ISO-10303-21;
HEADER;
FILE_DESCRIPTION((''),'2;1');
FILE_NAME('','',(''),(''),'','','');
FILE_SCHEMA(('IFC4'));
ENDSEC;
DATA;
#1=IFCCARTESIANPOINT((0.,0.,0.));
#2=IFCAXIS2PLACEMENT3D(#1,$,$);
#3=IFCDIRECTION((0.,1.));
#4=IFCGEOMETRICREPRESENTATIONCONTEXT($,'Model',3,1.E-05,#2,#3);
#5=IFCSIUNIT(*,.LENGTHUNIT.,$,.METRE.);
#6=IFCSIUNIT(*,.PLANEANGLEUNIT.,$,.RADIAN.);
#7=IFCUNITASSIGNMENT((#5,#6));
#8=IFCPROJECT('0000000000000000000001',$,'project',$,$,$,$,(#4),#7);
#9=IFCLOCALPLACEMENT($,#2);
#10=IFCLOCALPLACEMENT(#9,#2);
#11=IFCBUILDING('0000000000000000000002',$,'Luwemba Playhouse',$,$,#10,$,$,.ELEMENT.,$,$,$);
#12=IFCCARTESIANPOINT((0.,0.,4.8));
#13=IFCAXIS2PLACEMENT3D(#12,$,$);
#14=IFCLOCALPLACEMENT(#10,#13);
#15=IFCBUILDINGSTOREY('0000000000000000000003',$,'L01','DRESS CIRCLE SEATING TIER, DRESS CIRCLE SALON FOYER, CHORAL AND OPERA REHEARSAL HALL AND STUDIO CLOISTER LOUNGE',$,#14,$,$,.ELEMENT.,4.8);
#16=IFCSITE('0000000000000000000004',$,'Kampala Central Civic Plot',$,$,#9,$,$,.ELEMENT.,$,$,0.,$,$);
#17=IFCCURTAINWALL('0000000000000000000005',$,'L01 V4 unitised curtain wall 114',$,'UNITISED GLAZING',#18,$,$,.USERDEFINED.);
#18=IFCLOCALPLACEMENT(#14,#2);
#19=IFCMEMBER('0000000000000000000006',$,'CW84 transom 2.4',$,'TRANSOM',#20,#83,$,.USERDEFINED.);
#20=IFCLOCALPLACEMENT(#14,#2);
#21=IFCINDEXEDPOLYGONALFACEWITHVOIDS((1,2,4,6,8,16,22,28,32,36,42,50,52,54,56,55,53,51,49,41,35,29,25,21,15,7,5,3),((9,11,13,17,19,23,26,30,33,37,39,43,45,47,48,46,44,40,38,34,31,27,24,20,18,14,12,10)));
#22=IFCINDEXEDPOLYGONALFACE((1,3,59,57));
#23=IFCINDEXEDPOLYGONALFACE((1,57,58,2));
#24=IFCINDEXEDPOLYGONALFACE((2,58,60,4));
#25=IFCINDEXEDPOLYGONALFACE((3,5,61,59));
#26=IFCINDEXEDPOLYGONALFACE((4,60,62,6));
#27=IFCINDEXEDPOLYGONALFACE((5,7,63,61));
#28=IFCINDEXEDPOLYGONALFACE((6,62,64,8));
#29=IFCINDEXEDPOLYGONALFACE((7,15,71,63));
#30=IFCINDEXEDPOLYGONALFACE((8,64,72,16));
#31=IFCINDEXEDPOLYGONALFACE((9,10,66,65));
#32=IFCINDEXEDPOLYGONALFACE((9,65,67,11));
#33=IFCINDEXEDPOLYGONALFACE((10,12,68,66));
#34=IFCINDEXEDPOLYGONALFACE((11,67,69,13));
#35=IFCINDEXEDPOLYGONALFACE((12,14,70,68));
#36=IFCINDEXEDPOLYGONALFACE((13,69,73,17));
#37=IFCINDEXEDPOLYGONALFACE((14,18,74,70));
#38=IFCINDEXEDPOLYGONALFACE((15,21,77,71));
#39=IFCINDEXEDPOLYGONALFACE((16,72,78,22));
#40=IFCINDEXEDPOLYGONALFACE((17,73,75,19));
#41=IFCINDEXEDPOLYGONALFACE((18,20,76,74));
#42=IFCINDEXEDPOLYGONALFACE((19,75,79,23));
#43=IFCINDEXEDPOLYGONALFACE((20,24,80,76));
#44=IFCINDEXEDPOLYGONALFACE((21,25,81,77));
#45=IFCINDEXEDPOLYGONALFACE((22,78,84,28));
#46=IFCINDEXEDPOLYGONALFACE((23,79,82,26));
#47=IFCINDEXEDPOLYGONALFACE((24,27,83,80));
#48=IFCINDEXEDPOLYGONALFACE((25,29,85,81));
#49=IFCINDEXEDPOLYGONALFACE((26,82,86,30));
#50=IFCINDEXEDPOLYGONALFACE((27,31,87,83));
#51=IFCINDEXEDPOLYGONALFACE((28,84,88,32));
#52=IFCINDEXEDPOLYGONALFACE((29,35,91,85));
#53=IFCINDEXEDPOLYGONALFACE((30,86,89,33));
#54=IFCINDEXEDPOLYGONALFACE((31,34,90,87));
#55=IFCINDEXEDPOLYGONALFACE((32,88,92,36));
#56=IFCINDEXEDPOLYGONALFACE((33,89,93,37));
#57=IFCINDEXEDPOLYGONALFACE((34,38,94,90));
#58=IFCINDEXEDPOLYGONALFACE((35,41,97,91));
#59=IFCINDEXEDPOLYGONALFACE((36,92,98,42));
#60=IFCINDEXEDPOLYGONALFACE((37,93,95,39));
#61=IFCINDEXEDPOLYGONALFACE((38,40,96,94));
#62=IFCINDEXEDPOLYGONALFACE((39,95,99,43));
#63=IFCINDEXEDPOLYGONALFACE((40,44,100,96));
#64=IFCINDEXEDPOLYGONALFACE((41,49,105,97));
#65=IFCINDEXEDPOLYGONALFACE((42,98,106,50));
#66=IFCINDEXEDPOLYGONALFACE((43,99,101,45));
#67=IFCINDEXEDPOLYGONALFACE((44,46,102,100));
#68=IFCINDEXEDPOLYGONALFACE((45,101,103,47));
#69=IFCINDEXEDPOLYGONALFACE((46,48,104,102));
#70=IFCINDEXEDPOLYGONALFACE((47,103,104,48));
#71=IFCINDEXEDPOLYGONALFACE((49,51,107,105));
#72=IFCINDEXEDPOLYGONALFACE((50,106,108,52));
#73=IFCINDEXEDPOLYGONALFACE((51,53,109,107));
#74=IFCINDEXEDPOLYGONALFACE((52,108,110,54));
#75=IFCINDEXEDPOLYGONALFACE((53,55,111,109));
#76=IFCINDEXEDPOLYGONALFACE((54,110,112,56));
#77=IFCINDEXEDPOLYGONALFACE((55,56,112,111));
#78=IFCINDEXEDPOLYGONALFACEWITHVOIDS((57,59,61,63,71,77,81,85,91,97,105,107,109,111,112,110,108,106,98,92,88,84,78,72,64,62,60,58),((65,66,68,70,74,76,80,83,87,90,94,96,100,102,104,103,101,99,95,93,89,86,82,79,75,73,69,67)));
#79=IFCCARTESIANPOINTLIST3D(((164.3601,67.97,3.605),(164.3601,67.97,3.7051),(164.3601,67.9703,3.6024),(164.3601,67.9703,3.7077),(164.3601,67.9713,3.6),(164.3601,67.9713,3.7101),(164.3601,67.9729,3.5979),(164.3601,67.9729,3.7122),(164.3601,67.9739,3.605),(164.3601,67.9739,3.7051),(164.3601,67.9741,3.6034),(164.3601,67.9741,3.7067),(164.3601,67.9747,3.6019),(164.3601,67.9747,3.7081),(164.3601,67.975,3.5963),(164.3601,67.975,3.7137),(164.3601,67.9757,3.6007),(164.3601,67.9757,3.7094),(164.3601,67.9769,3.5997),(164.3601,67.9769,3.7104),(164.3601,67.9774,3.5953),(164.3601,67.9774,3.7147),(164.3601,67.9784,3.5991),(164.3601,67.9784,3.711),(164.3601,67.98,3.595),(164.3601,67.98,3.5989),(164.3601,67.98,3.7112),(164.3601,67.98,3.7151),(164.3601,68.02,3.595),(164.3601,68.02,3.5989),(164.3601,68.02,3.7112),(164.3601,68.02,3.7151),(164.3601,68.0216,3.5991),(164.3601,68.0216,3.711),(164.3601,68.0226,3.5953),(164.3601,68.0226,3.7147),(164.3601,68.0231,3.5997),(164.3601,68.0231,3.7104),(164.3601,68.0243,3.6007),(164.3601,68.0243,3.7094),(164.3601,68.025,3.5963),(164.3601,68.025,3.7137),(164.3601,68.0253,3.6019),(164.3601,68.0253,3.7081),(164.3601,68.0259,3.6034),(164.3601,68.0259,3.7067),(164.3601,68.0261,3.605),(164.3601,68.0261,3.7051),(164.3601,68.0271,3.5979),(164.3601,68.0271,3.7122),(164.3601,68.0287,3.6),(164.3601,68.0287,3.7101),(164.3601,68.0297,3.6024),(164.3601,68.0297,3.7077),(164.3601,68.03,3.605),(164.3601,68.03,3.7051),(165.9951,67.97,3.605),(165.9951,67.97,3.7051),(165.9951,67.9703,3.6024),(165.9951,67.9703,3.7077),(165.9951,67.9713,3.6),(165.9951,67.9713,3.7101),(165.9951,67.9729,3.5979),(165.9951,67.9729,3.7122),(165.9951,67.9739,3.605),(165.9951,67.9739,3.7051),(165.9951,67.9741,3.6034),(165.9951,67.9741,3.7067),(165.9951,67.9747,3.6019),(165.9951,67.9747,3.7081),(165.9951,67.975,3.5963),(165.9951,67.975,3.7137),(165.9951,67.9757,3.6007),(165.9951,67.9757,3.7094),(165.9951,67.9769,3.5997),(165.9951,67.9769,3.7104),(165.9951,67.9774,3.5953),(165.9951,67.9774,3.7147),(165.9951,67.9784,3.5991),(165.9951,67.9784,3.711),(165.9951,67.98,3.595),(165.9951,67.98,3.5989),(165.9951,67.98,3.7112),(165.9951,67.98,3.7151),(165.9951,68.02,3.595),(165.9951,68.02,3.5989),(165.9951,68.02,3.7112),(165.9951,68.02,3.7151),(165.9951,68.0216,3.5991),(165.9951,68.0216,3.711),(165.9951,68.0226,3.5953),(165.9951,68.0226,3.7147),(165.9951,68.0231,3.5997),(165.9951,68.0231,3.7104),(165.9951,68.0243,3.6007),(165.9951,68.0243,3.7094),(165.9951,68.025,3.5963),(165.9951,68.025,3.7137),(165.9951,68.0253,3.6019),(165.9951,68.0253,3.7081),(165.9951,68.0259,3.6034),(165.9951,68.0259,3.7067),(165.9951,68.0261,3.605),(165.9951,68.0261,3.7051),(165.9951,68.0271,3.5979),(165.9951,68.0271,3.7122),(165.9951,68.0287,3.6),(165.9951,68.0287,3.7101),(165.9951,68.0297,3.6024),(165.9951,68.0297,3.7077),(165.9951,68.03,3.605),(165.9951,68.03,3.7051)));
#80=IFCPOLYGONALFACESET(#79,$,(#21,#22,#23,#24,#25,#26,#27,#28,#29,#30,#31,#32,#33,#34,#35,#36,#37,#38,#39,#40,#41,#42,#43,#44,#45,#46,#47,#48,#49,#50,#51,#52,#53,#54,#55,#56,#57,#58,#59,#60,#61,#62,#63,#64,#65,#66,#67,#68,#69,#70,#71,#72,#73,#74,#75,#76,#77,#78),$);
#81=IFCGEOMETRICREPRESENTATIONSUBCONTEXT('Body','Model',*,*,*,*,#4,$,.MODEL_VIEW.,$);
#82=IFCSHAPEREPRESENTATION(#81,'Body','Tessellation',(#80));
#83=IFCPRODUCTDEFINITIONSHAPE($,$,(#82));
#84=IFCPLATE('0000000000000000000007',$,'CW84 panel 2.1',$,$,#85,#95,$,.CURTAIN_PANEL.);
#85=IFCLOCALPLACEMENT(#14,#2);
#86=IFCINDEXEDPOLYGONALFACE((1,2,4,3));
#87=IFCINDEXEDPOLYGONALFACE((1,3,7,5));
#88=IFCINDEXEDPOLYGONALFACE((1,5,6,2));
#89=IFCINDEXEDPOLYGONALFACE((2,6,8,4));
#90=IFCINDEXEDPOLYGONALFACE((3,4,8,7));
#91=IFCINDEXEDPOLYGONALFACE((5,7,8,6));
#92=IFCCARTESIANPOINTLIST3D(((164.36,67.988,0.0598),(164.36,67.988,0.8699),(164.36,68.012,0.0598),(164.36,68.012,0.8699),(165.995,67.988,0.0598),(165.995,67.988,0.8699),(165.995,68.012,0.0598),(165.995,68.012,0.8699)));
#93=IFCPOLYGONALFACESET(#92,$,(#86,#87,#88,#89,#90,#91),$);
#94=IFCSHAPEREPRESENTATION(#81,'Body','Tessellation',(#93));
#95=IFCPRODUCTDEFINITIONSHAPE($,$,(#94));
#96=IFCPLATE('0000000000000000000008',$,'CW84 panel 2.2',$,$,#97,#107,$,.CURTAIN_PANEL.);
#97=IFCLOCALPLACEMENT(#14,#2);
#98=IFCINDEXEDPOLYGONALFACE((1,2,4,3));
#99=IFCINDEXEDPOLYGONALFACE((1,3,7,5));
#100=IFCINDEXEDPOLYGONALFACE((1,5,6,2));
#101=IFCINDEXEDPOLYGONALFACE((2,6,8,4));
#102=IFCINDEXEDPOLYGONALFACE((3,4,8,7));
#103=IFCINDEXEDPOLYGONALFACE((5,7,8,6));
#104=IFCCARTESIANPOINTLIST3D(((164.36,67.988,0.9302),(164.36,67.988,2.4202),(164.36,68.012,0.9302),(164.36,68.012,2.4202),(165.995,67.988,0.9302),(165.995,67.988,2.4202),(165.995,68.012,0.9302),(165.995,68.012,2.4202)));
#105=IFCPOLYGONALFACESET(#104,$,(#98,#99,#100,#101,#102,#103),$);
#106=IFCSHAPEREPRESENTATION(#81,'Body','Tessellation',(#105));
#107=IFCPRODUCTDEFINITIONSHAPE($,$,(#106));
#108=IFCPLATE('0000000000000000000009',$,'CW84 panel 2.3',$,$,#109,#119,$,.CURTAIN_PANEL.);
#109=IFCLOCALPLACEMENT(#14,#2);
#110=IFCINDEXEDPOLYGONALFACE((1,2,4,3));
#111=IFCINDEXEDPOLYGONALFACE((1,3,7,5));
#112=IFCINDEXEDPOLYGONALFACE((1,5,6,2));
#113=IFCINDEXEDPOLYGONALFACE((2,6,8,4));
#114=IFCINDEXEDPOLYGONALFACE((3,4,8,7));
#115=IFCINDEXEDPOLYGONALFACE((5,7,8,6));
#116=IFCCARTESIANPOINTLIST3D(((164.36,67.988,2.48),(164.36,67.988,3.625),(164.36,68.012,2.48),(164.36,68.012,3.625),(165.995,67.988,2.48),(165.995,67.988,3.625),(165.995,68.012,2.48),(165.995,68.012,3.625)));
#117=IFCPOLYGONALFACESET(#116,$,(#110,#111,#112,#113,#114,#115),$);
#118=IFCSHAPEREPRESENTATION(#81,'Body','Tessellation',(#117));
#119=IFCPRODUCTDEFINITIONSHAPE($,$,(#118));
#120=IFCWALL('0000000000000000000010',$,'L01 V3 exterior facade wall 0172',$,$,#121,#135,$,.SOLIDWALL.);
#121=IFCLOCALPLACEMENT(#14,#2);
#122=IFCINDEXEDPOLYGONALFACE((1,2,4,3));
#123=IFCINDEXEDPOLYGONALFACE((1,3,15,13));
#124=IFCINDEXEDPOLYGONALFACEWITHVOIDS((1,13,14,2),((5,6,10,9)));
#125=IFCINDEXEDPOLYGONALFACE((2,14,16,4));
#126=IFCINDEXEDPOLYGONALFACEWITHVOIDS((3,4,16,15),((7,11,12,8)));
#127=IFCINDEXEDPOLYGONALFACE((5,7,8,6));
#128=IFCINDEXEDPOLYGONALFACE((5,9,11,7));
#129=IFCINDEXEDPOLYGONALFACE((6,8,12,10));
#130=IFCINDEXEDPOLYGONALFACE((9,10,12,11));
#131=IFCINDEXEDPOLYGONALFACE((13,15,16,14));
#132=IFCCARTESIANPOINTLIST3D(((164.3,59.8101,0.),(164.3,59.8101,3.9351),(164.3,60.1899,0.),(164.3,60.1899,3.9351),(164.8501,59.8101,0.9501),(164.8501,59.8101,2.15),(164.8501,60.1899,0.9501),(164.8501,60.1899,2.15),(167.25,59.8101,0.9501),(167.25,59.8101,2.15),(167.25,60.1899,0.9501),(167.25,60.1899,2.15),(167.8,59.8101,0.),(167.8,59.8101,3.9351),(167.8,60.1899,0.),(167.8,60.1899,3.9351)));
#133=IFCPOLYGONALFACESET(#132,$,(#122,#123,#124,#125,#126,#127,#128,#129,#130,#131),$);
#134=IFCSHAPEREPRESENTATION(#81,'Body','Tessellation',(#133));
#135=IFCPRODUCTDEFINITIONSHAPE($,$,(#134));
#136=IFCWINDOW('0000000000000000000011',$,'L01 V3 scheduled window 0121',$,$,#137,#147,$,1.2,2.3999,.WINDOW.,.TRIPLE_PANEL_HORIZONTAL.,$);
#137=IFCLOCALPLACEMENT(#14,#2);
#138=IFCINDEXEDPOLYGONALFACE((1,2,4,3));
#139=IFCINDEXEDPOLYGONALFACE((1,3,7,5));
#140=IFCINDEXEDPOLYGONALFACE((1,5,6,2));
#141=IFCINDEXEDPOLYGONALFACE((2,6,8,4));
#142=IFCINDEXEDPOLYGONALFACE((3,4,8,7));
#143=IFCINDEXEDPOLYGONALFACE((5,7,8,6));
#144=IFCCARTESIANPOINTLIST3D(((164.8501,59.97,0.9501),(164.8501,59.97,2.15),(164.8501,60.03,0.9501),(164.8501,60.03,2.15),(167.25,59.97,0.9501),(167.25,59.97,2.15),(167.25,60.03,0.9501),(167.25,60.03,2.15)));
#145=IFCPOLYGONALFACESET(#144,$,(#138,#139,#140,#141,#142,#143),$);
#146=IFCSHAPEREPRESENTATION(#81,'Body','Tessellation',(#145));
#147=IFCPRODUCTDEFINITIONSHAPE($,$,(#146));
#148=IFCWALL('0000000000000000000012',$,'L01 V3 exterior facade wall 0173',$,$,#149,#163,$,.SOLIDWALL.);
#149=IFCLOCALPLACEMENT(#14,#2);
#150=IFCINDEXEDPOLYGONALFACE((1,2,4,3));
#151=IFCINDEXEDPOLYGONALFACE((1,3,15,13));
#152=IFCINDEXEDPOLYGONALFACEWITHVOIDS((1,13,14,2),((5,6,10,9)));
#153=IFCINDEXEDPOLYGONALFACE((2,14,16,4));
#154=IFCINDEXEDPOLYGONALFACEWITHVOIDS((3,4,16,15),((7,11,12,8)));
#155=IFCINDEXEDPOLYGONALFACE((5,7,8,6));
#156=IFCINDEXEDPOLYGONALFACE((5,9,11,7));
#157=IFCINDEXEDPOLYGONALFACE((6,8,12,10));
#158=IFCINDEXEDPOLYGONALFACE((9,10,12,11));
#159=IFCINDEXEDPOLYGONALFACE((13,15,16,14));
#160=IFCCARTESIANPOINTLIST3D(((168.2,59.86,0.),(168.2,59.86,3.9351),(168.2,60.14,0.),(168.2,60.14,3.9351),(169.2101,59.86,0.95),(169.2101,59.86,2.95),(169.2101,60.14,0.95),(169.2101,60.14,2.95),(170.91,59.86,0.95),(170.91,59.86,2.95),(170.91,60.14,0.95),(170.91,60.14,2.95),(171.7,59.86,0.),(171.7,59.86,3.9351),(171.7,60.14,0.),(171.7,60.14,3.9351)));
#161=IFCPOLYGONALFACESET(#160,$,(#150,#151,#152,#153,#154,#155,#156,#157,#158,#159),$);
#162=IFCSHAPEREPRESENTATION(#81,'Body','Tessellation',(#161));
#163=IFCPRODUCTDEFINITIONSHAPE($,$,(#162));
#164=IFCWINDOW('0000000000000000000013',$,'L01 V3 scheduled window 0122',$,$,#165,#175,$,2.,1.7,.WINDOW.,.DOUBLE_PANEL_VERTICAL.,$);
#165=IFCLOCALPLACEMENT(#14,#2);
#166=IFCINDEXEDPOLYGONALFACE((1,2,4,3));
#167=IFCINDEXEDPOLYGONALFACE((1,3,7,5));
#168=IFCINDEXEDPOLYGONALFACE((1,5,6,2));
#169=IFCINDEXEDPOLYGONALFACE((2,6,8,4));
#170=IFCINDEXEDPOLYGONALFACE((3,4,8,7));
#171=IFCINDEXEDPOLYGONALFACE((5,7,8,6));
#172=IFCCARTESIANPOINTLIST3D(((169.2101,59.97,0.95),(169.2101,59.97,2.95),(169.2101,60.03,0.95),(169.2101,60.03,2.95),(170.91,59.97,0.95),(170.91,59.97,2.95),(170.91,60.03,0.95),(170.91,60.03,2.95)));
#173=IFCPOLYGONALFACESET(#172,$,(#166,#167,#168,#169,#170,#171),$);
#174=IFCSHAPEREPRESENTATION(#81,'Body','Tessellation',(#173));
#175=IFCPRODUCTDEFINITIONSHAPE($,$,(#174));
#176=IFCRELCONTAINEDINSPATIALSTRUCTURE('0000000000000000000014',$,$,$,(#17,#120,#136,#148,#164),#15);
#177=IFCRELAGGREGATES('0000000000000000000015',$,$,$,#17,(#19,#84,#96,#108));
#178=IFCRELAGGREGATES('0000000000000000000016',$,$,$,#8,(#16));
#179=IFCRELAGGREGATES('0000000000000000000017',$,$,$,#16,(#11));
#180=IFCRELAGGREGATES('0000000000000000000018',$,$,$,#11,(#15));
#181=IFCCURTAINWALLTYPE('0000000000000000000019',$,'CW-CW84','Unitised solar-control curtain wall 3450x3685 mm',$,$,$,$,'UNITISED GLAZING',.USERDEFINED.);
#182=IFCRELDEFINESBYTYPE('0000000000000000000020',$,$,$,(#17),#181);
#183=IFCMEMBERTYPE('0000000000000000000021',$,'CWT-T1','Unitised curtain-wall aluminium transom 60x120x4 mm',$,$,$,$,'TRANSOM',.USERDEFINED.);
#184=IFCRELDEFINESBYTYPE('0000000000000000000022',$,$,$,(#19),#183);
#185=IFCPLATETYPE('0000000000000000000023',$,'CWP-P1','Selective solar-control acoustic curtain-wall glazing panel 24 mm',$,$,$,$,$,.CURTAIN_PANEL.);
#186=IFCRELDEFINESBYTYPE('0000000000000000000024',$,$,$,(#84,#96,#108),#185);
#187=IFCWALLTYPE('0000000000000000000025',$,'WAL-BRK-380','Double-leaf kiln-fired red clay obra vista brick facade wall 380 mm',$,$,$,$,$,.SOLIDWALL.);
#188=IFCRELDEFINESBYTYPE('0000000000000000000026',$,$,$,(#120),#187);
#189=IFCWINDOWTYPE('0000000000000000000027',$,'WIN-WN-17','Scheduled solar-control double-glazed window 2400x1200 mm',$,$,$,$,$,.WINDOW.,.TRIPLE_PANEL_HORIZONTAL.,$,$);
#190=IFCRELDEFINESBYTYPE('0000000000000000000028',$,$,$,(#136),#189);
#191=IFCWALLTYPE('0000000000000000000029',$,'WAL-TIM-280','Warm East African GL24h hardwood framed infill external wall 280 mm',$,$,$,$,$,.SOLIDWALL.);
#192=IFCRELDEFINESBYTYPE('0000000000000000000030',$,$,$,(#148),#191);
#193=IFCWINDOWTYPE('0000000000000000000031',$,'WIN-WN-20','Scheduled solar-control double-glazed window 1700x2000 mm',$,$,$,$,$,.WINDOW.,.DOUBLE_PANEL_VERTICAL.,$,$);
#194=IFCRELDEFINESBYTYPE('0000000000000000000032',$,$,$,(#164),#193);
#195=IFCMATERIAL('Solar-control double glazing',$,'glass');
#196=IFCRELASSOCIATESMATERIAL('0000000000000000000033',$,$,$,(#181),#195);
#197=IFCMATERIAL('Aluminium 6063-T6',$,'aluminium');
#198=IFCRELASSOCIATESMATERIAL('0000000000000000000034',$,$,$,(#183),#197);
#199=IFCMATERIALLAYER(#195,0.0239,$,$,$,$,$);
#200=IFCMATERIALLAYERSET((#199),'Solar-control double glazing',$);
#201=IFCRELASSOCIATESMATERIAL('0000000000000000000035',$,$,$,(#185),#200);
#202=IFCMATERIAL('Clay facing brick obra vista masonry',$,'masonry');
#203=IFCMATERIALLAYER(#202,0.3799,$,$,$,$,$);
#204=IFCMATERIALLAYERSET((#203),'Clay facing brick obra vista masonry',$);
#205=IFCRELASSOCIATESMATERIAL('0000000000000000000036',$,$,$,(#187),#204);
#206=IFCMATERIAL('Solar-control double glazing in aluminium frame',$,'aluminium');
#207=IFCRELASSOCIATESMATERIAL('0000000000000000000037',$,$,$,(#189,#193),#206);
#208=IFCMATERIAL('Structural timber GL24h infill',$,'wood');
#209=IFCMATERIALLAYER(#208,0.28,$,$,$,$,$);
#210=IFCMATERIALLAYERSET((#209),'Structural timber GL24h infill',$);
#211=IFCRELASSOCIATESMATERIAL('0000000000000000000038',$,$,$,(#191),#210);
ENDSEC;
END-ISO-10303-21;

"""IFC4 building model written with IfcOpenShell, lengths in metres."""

from ifc_helpers import new_model, si_unit, direction, frame, frame_2d, origin, origin_2d, place, context, subcontext, project, spatial, rectangle, hollow_rectangle, extrude, material, layer, layer_set, material_profile, profile_set, type_object, element, fill, aggregate, save


model = new_model("IFC4")

# Units and contexts
model_context = context("Model", 3, precision=1e-05, world=origin(), true_north=direction((0.0, 1.0)))
body_context = subcontext(model_context, "Body", "Model", "MODEL_VIEW")
ifc_project = project(units=[si_unit("LENGTHUNIT", "METRE"), si_unit("PLANEANGLEUNIT", "RADIAN")], contexts=[model_context])

# Site, building, storey
site_placement = place(None, origin())
site = spatial("IfcSite", under=ifc_project, at=site_placement, Name="Kampala Central Civic Plot", CompositionType="ELEMENT", RefElevation=0.0)
building_placement = place(site_placement, origin())
building = spatial("IfcBuilding", under=site, at=building_placement, Name="Luwemba Playhouse", CompositionType="ELEMENT")
storey_placement = place(building_placement, frame((0.0, 0.0, 4.8)))
storey = spatial("IfcBuildingStorey", under=building, at=storey_placement, Name="L01", Description="DRESS CIRCLE SEATING TIER, DRESS CIRCLE SALON FOYER, CHORAL AND OPERA REHEARSAL HALL AND STUDIO CLOISTER LOUNGE", CompositionType="ELEMENT", Elevation=4.8)

# Curtain wall, member, plates
ifc_material_1 = material(Name="Solar-control double glazing", Category="glass")
curtain_wall_type = type_object("IfcCurtainWallType", Name="CW-CW84", Description="Unitised solar-control curtain wall 3450x3685 mm", ElementType="UNITISED GLAZING", PredefinedType="USERDEFINED", material=ifc_material_1)
curtain_wall_placement = place(storey_placement, origin())
curtain_wall = element("IfcCurtainWall", 1, at=curtain_wall_placement, inside=storey, type_object=curtain_wall_type, Name="L01 V4 unitised curtain wall 114", ObjectType="UNITISED GLAZING", PredefinedType="USERDEFINED")
ifc_material_2 = material(Name="Aluminium 6063-T6", Category="aluminium")
ifc_material_profile_1 = material_profile(ifc_material_2, hollow_rectangle(XDim=0.0601, YDim=0.1201, WallThickness=0.0039, InnerFilletRadius=0.0061, OuterFilletRadius=0.01, at=origin_2d()))
ifc_profile_set_1 = profile_set([ifc_material_profile_1], Name="Aluminium 6063-T6")
member_type_1 = type_object("IfcMemberType", Name="CWT-T1", Description="Unitised curtain-wall aluminium transom 60x120x4 mm", ElementType="TRANSOM", PredefinedType="USERDEFINED", material=ifc_profile_set_1)
member_1_placement = place(storey_placement, frame((165.9951, 68.0, 3.655), z_axis=(-1.0, 0.0, 0.0), x_axis=(0.0, -1.0, 0.0)))
member_1 = element("IfcMember", 2, at=member_1_placement, type_object=member_type_1, Name="CW84 transom 2.4", ObjectType="TRANSOM", PredefinedType="USERDEFINED", context=body_context, shape_type="SweptSolid", body=[
    extrude(hollow_rectangle(XDim=0.0601, YDim=0.1201, WallThickness=0.0039, InnerFilletRadius=0.0061, OuterFilletRadius=0.01, at=origin_2d()), origin(), (0.0, 0.0, 1.0), 1.635),
])
ifc_layer_1 = layer(ifc_material_1, 0.0239)
ifc_layer_set_1 = layer_set([ifc_layer_1], Name="Solar-control double glazing")
plate_type = type_object("IfcPlateType", Name="CWP-P1", Description="Selective solar-control acoustic curtain-wall glazing panel 24 mm", PredefinedType="CURTAIN_PANEL", material=ifc_layer_set_1)
plate_1_placement = place(storey_placement, frame((165.1775, 68.0, 0.0598), z_axis=(0.0, 0.0, 1.0), x_axis=(-1.0, 0.0, 0.0)))
plate_1 = element("IfcPlate", 3, at=plate_1_placement, type_object=plate_type, Name="CW84 panel 2.1", PredefinedType="CURTAIN_PANEL", context=body_context, shape_type="SweptSolid", body=[
    extrude(rectangle(XDim=1.635, YDim=0.0239, at=origin_2d()), origin(), (0.0, 0.0, 1.0), 0.8101),
])
plate_2_placement = place(storey_placement, frame((165.1775, 68.0, 0.9302), z_axis=(0.0, 0.0, 1.0), x_axis=(-1.0, 0.0, 0.0)))
plate_2 = element("IfcPlate", 4, at=plate_2_placement, type_object=plate_type, Name="CW84 panel 2.2", PredefinedType="CURTAIN_PANEL", context=body_context, shape_type="SweptSolid", body=[
    extrude(rectangle(XDim=1.635, YDim=0.0239, at=origin_2d()), origin(), (0.0, 0.0, 1.0), 1.49),
])
plate_3_placement = place(storey_placement, frame((165.1775, 68.0, 2.48), z_axis=(0.0, 0.0, 1.0), x_axis=(-1.0, 0.0, 0.0)))
plate_3 = element("IfcPlate", 5, at=plate_3_placement, type_object=plate_type, Name="CW84 panel 2.3", PredefinedType="CURTAIN_PANEL", context=body_context, shape_type="SweptSolid", body=[
    extrude(rectangle(XDim=1.635, YDim=0.0239, at=origin_2d()), origin(), (0.0, 0.0, 1.0), 1.145),
])
aggregate(curtain_wall, [member_1, plate_1, plate_2, plate_3])

# Walls, openings, windows
ifc_material_3 = material(Name="Clay facing brick obra vista masonry", Category="masonry")
ifc_layer_2 = layer(ifc_material_3, 0.3799)
ifc_layer_set_2 = layer_set([ifc_layer_2], Name="Clay facing brick obra vista masonry")
wall_type_1 = type_object("IfcWallType", Name="WAL-BRK-380", Description="Double-leaf kiln-fired red clay obra vista brick facade wall 380 mm", PredefinedType="SOLIDWALL", material=ifc_layer_set_2)
wall_1_placement = place(storey_placement, frame((164.3, 60.0, 0.0), z_axis=(0.0, 0.0, 1.0), x_axis=(1.0, 0.0, 0.0)))
wall_1 = element("IfcWall", 6, at=wall_1_placement, inside=storey, type_object=wall_type_1, Name="L01 V3 exterior facade wall 0172", PredefinedType="SOLIDWALL", context=body_context, shape_type="SweptSolid", body=[
    extrude(rectangle(XDim=3.5, YDim=0.3799, at=frame_2d((1.75, 0.0))), origin(), (0.0, 0.0, 1.0), 3.9351),
])
opening_1_placement = place(wall_1_placement, frame((0.55, 0.0, 0.95)))
opening_1 = element("IfcOpeningElement", 7, at=opening_1_placement, cuts=wall_1, PredefinedType="OPENING", context=body_context, shape_type="SweptSolid", body=[
    extrude(rectangle(XDim=2.3999, YDim=1.2, at=frame_2d((1.2, 0.6001))), frame((0.0, 0.2, 0.0), z_axis=(0.0, -1.0, 0.0), x_axis=(1.0, 0.0, 0.0)), (0.0, 0.0, 1.0), 0.3999),
])
ifc_material_4 = material(Name="Solar-control double glazing in aluminium frame", Category="aluminium")
window_type_1 = type_object("IfcWindowType", Name="WIN-WN-17", Description="Scheduled solar-control double-glazed window 2400x1200 mm", PartitioningType="TRIPLE_PANEL_HORIZONTAL", PredefinedType="WINDOW", material=ifc_material_4)
window_1_placement = place(opening_1_placement, origin())
window_1 = element("IfcWindow", 8, at=window_1_placement, inside=storey, type_object=window_type_1, Name="L01 V3 scheduled window 0121", OverallHeight=1.2, OverallWidth=2.3999, PartitioningType="TRIPLE_PANEL_HORIZONTAL", PredefinedType="WINDOW", context=body_context, shape_type="SweptSolid", body=[
    extrude(rectangle(XDim=2.3999, YDim=1.2, at=frame_2d((1.2, 0.6001))), frame((0.0, 0.03, 0.0), z_axis=(0.0, -1.0, 0.0), x_axis=(1.0, 0.0, 0.0)), (0.0, 0.0, 1.0), 0.0601),
])
fill(opening_1, window_1)
ifc_material_5 = material(Name="Structural timber GL24h infill", Category="wood")
ifc_layer_3 = layer(ifc_material_5, 0.28)
ifc_layer_set_3 = layer_set([ifc_layer_3], Name="Structural timber GL24h infill")
wall_type_2 = type_object("IfcWallType", Name="WAL-TIM-280", Description="Warm East African GL24h hardwood framed infill external wall 280 mm", PredefinedType="SOLIDWALL", material=ifc_layer_set_3)
wall_2_placement = place(storey_placement, frame((168.2, 60.0, 0.0), z_axis=(0.0, 0.0, 1.0), x_axis=(1.0, 0.0, 0.0)))
wall_2 = element("IfcWall", 9, at=wall_2_placement, inside=storey, type_object=wall_type_2, Name="L01 V3 exterior facade wall 0173", PredefinedType="SOLIDWALL", context=body_context, shape_type="SweptSolid", body=[
    extrude(rectangle(XDim=3.5, YDim=0.28, at=frame_2d((1.75, 0.0))), origin(), (0.0, 0.0, 1.0), 3.9351),
])
opening_2_placement = place(wall_2_placement, frame((1.01, 0.0, 0.95)))
opening_2 = element("IfcOpeningElement", 10, at=opening_2_placement, cuts=wall_2, PredefinedType="OPENING", context=body_context, shape_type="SweptSolid", body=[
    extrude(rectangle(XDim=1.7, YDim=2.0, at=frame_2d((0.8501, 1.0))), frame((0.0, 0.1499, 0.0), z_axis=(0.0, -1.0, 0.0), x_axis=(1.0, 0.0, 0.0)), (0.0, 0.0, 1.0), 0.3),
])
window_type_2 = type_object("IfcWindowType", Name="WIN-WN-20", Description="Scheduled solar-control double-glazed window 1700x2000 mm", PartitioningType="DOUBLE_PANEL_VERTICAL", PredefinedType="WINDOW", material=ifc_material_4)
window_2_placement = place(opening_2_placement, origin())
window_2 = element("IfcWindow", 11, at=window_2_placement, inside=storey, type_object=window_type_2, Name="L01 V3 scheduled window 0122", OverallHeight=2.0, OverallWidth=1.7, PartitioningType="DOUBLE_PANEL_VERTICAL", PredefinedType="WINDOW", context=body_context, shape_type="SweptSolid", body=[
    extrude(rectangle(XDim=1.7, YDim=2.0, at=frame_2d((0.8501, 1.0))), frame((0.0, 0.03, 0.0), z_axis=(0.0, -1.0, 0.0), x_axis=(1.0, 0.0, 0.0)), (0.0, 0.0, 1.0), 0.0601),
])
fill(opening_2, window_2)

save(model, "model.ifc")
